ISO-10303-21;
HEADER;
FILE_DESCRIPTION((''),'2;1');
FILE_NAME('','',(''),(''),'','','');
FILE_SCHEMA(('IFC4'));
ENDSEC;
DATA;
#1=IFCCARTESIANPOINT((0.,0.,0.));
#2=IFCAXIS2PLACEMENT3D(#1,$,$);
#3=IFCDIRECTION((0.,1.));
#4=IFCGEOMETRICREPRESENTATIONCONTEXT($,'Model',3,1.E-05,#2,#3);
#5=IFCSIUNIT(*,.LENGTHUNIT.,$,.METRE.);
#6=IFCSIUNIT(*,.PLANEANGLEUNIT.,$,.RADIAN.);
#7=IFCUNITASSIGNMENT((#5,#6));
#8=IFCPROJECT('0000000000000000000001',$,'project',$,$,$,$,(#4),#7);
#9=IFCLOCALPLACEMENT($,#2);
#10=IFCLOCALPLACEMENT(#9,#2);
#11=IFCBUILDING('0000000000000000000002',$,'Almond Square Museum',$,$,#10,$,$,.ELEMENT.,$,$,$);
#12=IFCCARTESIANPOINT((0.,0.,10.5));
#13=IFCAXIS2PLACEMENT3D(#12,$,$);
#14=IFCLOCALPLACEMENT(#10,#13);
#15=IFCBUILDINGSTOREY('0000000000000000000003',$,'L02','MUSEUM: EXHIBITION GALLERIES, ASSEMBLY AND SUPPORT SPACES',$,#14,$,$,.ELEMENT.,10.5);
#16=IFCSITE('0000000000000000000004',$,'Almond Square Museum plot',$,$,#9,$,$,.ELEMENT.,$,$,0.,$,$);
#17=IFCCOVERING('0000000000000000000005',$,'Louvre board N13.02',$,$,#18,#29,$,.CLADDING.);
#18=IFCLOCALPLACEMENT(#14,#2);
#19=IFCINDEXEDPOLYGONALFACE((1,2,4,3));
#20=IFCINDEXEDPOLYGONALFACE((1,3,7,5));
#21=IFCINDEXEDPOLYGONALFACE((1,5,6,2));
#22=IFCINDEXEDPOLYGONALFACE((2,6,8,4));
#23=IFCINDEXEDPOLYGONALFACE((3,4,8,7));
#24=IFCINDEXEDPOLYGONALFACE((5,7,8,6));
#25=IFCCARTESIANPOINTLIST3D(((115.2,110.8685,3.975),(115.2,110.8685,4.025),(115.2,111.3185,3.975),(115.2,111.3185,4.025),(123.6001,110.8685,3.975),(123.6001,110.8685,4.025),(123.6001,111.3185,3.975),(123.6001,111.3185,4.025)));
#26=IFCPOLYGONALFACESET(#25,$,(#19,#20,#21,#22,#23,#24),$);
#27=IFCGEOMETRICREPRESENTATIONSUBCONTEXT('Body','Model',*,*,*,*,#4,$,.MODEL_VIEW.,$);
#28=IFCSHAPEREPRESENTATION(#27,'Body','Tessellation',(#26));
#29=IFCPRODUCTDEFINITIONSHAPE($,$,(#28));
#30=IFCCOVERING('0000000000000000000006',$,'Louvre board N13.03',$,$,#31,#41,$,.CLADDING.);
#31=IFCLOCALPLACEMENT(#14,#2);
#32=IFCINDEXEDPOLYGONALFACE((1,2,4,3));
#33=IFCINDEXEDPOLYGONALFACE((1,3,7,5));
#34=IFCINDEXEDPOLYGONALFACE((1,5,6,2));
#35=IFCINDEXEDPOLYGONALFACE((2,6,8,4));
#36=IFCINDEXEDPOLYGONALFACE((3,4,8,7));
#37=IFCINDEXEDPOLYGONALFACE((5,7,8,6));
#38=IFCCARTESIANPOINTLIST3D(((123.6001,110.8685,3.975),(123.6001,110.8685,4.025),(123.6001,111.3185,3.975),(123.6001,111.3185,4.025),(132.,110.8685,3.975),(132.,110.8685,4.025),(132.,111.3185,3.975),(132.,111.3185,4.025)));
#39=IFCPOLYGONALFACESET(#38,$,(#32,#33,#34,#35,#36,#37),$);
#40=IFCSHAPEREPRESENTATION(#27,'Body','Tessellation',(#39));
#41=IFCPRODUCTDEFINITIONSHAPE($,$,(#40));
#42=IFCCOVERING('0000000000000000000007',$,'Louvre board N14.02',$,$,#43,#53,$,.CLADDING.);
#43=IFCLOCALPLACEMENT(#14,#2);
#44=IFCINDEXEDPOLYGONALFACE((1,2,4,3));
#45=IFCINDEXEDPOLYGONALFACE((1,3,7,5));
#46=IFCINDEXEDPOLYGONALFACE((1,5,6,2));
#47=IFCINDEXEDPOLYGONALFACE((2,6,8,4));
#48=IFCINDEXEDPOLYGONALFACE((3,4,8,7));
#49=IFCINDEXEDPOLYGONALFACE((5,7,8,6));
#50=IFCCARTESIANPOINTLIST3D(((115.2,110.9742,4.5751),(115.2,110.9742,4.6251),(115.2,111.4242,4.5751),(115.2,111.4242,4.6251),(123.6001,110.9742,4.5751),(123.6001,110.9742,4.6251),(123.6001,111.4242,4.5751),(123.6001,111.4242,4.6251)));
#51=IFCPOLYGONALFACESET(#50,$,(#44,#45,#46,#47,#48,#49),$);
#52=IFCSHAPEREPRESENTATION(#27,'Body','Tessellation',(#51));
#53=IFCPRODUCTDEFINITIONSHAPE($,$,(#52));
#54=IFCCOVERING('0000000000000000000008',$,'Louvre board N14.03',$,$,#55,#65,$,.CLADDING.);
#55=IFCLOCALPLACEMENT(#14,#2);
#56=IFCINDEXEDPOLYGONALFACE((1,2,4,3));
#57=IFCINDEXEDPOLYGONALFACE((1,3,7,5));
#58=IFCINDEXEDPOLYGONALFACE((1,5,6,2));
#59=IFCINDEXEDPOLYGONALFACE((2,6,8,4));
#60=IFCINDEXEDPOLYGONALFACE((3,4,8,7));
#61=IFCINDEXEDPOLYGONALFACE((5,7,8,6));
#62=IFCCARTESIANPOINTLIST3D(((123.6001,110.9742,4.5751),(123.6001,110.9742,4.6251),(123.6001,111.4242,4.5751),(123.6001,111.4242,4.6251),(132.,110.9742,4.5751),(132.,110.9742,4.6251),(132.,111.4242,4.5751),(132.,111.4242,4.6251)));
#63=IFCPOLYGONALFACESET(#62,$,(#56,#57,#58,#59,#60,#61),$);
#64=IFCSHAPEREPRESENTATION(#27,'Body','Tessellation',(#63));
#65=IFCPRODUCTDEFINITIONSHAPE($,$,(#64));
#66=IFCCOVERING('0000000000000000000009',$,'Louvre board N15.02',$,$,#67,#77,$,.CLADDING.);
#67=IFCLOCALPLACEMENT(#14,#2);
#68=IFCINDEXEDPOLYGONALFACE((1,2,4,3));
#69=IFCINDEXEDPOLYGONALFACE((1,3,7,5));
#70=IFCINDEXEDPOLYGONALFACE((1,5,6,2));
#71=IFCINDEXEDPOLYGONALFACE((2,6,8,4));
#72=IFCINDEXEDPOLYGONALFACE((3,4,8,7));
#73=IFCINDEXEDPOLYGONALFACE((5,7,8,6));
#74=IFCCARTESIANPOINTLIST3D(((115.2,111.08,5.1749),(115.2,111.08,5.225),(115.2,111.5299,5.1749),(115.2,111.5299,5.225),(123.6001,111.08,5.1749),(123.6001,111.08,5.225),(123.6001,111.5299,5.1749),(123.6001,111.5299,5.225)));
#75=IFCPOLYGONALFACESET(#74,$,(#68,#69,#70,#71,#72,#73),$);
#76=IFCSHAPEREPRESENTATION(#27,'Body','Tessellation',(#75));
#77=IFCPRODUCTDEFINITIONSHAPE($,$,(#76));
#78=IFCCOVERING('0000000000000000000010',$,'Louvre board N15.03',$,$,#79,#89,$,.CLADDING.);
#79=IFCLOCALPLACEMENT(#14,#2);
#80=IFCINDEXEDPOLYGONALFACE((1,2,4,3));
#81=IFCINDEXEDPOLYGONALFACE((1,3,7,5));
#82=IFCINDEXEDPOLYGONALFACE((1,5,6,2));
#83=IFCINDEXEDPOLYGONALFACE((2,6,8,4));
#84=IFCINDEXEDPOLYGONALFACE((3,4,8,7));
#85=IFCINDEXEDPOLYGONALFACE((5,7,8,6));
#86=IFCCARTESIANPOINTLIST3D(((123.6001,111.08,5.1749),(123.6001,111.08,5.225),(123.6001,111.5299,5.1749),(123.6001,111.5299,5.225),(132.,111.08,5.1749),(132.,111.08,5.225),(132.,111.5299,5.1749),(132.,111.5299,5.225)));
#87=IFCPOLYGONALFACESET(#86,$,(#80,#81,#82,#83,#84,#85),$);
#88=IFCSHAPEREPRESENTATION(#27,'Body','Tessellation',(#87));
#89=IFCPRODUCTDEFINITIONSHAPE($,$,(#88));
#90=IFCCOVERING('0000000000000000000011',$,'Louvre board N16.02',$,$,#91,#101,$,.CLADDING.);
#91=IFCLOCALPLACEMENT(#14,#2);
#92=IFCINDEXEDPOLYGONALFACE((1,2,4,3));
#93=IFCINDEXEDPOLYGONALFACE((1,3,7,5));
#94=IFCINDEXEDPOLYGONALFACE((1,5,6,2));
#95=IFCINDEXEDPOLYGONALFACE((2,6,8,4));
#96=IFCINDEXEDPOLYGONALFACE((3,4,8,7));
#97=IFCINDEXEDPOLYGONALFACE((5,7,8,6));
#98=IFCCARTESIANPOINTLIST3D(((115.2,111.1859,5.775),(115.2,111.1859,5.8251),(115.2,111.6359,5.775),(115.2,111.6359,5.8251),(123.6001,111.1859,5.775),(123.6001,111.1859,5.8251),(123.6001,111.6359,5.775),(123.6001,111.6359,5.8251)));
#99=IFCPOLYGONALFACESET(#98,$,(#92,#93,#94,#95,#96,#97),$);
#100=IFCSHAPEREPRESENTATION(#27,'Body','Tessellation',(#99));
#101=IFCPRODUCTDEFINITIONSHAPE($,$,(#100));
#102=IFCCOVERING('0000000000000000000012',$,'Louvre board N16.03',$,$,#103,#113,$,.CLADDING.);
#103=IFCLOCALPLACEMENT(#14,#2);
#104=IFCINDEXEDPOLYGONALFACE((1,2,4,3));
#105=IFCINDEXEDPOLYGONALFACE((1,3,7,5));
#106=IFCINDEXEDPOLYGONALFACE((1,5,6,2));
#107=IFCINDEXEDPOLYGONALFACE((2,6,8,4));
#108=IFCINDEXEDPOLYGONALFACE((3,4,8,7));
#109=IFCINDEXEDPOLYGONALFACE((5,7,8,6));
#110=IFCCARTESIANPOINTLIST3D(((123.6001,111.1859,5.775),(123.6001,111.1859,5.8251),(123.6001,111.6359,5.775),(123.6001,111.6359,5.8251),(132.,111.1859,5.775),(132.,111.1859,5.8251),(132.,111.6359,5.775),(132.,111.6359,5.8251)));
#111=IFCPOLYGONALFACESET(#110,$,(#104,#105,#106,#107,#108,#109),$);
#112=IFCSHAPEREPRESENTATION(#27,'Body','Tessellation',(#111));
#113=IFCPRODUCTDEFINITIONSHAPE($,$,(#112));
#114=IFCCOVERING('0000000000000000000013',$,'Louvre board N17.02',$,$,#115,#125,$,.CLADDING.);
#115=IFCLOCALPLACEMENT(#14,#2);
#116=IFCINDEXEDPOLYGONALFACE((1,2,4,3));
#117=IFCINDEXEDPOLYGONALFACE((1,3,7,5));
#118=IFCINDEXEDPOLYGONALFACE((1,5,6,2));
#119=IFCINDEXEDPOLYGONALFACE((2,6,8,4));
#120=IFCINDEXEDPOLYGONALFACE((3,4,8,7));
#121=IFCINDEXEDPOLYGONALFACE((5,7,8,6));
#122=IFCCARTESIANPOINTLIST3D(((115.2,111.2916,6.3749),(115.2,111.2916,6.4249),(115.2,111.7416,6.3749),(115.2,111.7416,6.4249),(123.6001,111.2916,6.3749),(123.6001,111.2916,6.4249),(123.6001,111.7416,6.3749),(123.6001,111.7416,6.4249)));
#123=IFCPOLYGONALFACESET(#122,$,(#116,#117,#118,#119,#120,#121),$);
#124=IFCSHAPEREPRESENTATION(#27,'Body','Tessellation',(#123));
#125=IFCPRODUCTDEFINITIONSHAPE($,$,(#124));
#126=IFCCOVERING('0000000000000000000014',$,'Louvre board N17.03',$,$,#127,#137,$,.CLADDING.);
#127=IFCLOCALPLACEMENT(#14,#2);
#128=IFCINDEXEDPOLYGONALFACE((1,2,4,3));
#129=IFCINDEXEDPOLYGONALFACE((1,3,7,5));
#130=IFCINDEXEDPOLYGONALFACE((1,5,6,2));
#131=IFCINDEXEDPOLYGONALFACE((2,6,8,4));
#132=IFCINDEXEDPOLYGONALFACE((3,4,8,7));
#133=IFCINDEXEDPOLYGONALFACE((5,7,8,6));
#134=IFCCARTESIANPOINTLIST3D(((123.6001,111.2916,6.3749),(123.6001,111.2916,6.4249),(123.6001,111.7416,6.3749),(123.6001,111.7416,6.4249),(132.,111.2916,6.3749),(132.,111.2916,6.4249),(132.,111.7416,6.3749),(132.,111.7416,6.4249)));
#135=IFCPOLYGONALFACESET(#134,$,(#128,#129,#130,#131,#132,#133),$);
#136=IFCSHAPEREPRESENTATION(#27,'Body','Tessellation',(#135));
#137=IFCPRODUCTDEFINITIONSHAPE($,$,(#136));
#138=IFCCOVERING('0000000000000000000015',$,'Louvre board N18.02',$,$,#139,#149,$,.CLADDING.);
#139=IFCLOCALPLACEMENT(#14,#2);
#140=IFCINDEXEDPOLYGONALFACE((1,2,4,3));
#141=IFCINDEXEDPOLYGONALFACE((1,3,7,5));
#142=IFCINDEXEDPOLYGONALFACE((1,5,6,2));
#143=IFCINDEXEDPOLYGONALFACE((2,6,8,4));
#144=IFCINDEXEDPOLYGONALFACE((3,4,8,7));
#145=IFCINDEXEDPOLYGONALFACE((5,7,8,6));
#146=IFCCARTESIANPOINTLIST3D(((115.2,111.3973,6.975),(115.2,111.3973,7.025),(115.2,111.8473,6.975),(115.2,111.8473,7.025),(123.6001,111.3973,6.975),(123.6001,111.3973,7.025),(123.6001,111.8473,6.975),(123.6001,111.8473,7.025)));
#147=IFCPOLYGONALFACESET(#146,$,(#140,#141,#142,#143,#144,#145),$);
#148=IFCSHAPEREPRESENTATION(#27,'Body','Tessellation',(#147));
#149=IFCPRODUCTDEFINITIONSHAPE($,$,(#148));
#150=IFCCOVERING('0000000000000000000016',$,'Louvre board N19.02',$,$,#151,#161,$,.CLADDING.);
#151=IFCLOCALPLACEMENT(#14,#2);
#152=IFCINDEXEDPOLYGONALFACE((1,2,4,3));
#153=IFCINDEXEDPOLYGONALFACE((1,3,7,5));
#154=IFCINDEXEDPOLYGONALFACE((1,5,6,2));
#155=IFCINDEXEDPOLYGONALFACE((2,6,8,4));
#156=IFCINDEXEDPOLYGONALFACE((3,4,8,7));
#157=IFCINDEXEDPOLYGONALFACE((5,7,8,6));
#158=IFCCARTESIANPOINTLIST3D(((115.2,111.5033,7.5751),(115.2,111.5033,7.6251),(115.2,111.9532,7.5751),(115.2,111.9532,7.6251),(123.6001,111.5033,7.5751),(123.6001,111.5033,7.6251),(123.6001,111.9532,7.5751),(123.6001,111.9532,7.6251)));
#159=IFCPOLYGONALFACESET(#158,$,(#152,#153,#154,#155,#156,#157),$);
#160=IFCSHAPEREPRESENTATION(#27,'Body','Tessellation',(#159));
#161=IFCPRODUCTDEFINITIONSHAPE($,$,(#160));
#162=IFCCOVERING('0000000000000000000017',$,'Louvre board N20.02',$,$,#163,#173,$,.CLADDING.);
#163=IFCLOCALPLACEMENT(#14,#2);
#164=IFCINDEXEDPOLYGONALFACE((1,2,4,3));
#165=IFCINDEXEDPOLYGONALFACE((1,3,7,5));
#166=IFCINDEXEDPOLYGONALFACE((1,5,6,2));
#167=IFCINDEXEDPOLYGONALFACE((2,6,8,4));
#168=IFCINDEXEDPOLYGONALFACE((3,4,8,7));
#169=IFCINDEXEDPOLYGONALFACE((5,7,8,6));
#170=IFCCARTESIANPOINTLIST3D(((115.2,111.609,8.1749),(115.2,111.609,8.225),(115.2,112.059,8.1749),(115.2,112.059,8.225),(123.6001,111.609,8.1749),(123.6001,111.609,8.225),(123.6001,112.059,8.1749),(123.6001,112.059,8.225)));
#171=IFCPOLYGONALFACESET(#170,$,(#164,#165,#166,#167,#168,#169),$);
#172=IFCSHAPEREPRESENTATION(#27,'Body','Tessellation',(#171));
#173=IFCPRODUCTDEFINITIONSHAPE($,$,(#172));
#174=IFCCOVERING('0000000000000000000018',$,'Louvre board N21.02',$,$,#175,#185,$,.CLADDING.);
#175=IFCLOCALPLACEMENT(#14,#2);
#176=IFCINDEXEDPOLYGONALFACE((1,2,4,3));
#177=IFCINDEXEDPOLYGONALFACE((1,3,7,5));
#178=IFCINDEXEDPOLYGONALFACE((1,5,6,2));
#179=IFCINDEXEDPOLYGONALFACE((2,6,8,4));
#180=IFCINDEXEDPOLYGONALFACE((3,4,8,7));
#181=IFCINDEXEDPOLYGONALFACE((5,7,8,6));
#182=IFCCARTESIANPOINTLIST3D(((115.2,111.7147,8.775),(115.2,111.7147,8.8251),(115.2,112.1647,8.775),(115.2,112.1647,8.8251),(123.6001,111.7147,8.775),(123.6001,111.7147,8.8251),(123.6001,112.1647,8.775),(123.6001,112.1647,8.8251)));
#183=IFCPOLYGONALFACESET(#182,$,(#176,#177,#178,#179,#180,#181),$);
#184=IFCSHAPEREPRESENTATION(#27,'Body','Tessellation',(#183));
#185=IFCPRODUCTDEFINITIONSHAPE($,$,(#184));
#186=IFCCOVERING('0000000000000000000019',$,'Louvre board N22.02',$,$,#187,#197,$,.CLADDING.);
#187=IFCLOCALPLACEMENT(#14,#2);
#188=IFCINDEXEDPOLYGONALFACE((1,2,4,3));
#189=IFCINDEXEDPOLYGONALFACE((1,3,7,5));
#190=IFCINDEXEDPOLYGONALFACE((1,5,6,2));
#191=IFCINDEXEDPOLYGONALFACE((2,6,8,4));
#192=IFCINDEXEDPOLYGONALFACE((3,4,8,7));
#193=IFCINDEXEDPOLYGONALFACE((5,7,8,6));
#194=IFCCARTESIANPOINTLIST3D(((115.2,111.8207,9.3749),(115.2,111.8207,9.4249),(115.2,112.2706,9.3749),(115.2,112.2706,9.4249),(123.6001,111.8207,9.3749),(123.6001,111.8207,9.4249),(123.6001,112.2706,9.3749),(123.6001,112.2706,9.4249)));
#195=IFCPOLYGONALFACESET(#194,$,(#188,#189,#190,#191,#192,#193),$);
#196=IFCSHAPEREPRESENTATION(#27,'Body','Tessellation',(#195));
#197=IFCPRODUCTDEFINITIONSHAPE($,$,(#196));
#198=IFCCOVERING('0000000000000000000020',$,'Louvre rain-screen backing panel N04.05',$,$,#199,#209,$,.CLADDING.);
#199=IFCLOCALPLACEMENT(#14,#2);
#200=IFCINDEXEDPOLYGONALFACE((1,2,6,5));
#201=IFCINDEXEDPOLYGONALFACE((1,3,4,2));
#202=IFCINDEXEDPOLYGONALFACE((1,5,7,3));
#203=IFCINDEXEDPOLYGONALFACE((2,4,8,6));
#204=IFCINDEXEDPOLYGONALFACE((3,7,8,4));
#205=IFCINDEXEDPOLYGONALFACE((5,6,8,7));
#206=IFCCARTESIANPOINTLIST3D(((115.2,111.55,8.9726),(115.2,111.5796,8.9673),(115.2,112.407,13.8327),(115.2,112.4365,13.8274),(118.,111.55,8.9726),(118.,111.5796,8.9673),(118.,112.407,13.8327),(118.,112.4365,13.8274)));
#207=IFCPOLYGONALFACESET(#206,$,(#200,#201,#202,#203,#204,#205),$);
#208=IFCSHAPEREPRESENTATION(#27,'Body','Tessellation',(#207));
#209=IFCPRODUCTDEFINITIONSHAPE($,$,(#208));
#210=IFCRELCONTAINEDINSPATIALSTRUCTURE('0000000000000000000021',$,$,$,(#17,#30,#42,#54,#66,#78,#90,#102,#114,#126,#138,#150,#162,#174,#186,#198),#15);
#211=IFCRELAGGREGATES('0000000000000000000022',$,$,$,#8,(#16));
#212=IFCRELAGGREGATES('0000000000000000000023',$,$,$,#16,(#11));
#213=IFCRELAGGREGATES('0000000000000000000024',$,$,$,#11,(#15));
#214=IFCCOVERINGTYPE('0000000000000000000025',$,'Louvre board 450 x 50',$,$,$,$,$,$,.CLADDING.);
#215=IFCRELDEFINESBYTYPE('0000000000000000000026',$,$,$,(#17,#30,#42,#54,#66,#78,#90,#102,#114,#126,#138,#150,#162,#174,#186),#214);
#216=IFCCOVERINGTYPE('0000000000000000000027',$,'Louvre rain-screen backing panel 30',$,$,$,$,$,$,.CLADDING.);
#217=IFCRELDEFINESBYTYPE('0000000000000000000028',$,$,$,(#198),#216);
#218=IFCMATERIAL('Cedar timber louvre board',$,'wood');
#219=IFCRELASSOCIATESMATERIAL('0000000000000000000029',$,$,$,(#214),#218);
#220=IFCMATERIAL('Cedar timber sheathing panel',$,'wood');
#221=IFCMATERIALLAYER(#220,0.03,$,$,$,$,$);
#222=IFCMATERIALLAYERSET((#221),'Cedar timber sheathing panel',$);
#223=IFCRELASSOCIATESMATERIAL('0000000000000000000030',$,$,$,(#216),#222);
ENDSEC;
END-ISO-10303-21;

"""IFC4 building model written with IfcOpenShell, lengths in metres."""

from ifc_helpers import new_model, si_unit, direction, frame, origin, origin_2d, place, context, subcontext, project, spatial, polyline, rectangle, outline, extrude, material, layer, layer_set, material_profile, profile_set, type_object, element, save


model = new_model("IFC4")

# Units and contexts
model_context = context("Model", 3, precision=1e-05, world=origin(), true_north=direction((0.0, 1.0)))
body_context = subcontext(model_context, "Body", "Model", "MODEL_VIEW")
ifc_project = project(units=[si_unit("LENGTHUNIT", "METRE"), si_unit("PLANEANGLEUNIT", "RADIAN")], contexts=[model_context])

# Site, building, storey
site_placement = place(None, origin())
site = spatial("IfcSite", under=ifc_project, at=site_placement, Name="Almond Square Museum plot", CompositionType="ELEMENT", RefElevation=0.0)
building_placement = place(site_placement, origin())
building = spatial("IfcBuilding", under=site, at=building_placement, Name="Almond Square Museum", CompositionType="ELEMENT")
storey_placement = place(building_placement, frame((0.0, 0.0, 10.5)))
storey = spatial("IfcBuildingStorey", under=building, at=storey_placement, Name="L02", Description="MUSEUM: EXHIBITION GALLERIES, ASSEMBLY AND SUPPORT SPACES", CompositionType="ELEMENT", Elevation=10.5)

# Coverings
ifc_material_1 = material(Name="Cedar timber louvre board", Category="wood")
ifc_material_profile = material_profile(ifc_material_1, rectangle(XDim=0.45, YDim=0.05, at=origin_2d()))
ifc_profile_set = profile_set([ifc_material_profile], Name="Cedar timber louvre board")
covering_type_1 = type_object("IfcCoveringType", Name="Louvre board 450 x 50", PredefinedType="CLADDING", material=ifc_profile_set)
covering_1_placement = place(storey_placement, frame((115.2, 111.0935, 4.0), z_axis=(1.0, 0.0, 0.0), x_axis=(0.0, 1.0, 0.0)))
element("IfcCovering", 1, at=covering_1_placement, inside=storey, type_object=covering_type_1, Name="Louvre board N13.02", PredefinedType="CLADDING", context=body_context, shape_type="SweptSolid", body=[
    extrude(rectangle(XDim=0.45, YDim=0.05, at=origin_2d()), origin(), (0.0, 0.0, 1.0), 8.4001),
])
covering_2_placement = place(storey_placement, frame((123.6001, 111.0935, 4.0), z_axis=(1.0, 0.0, 0.0), x_axis=(0.0, 1.0, 0.0)))
element("IfcCovering", 2, at=covering_2_placement, inside=storey, type_object=covering_type_1, Name="Louvre board N13.03", PredefinedType="CLADDING", context=body_context, shape_type="SweptSolid", body=[
    extrude(rectangle(XDim=0.45, YDim=0.05, at=origin_2d()), origin(), (0.0, 0.0, 1.0), 8.3999),
])
covering_3_placement = place(storey_placement, frame((115.2, 111.1992, 4.6001), z_axis=(1.0, 0.0, 0.0), x_axis=(0.0, 1.0, 0.0)))
element("IfcCovering", 3, at=covering_3_placement, inside=storey, type_object=covering_type_1, Name="Louvre board N14.02", PredefinedType="CLADDING", context=body_context, shape_type="SweptSolid", body=[
    extrude(rectangle(XDim=0.45, YDim=0.05, at=origin_2d()), origin(), (0.0, 0.0, 1.0), 8.4001),
])
covering_4_placement = place(storey_placement, frame((123.6001, 111.1992, 4.6001), z_axis=(1.0, 0.0, 0.0), x_axis=(0.0, 1.0, 0.0)))
element("IfcCovering", 4, at=covering_4_placement, inside=storey, type_object=covering_type_1, Name="Louvre board N14.03", PredefinedType="CLADDING", context=body_context, shape_type="SweptSolid", body=[
    extrude(rectangle(XDim=0.45, YDim=0.05, at=origin_2d()), origin(), (0.0, 0.0, 1.0), 8.3999),
])
covering_5_placement = place(storey_placement, frame((115.2, 111.3049, 5.2), z_axis=(1.0, 0.0, 0.0), x_axis=(0.0, 1.0, 0.0)))
element("IfcCovering", 5, at=covering_5_placement, inside=storey, type_object=covering_type_1, Name="Louvre board N15.02", PredefinedType="CLADDING", context=body_context, shape_type="SweptSolid", body=[
    extrude(rectangle(XDim=0.45, YDim=0.05, at=origin_2d()), origin(), (0.0, 0.0, 1.0), 8.4001),
])
covering_6_placement = place(storey_placement, frame((123.6001, 111.3049, 5.2), z_axis=(1.0, 0.0, 0.0), x_axis=(0.0, 1.0, 0.0)))
element("IfcCovering", 6, at=covering_6_placement, inside=storey, type_object=covering_type_1, Name="Louvre board N15.03", PredefinedType="CLADDING", context=body_context, shape_type="SweptSolid", body=[
    extrude(rectangle(XDim=0.45, YDim=0.05, at=origin_2d()), origin(), (0.0, 0.0, 1.0), 8.3999),
])
covering_7_placement = place(storey_placement, frame((115.2, 111.4109, 5.8), z_axis=(1.0, 0.0, 0.0), x_axis=(0.0, 1.0, 0.0)))
element("IfcCovering", 7, at=covering_7_placement, inside=storey, type_object=covering_type_1, Name="Louvre board N16.02", PredefinedType="CLADDING", context=body_context, shape_type="SweptSolid", body=[
    extrude(rectangle(XDim=0.45, YDim=0.05, at=origin_2d()), origin(), (0.0, 0.0, 1.0), 8.4001),
])
covering_8_placement = place(storey_placement, frame((123.6001, 111.4109, 5.8), z_axis=(1.0, 0.0, 0.0), x_axis=(0.0, 1.0, 0.0)))
element("IfcCovering", 8, at=covering_8_placement, inside=storey, type_object=covering_type_1, Name="Louvre board N16.03", PredefinedType="CLADDING", context=body_context, shape_type="SweptSolid", body=[
    extrude(rectangle(XDim=0.45, YDim=0.05, at=origin_2d()), origin(), (0.0, 0.0, 1.0), 8.3999),
])
covering_9_placement = place(storey_placement, frame((115.2, 111.5166, 6.3999), z_axis=(1.0, 0.0, 0.0), x_axis=(0.0, 1.0, 0.0)))
element("IfcCovering", 9, at=covering_9_placement, inside=storey, type_object=covering_type_1, Name="Louvre board N17.02", PredefinedType="CLADDING", context=body_context, shape_type="SweptSolid", body=[
    extrude(rectangle(XDim=0.45, YDim=0.05, at=origin_2d()), origin(), (0.0, 0.0, 1.0), 8.4001),
])
covering_10_placement = place(storey_placement, frame((123.6001, 111.5166, 6.3999), z_axis=(1.0, 0.0, 0.0), x_axis=(0.0, 1.0, 0.0)))
element("IfcCovering", 10, at=covering_10_placement, inside=storey, type_object=covering_type_1, Name="Louvre board N17.03", PredefinedType="CLADDING", context=body_context, shape_type="SweptSolid", body=[
    extrude(rectangle(XDim=0.45, YDim=0.05, at=origin_2d()), origin(), (0.0, 0.0, 1.0), 8.3999),
])
for number, where, z_axis, x_axis, name in (
    (11, (115.2, 111.6223, 7.0), (1.0, 0.0, 0.0), (0.0, 1.0, 0.0), "Louvre board N18.02"),
    (12, (115.2, 111.7283, 7.6001), (1.0, 0.0, 0.0), (0.0, 1.0, 0.0), "Louvre board N19.02"),
    (13, (115.2, 111.834, 8.2), (1.0, 0.0, 0.0), (0.0, 1.0, 0.0), "Louvre board N20.02"),
    (14, (115.2, 111.9397, 8.8), (1.0, 0.0, 0.0), (0.0, 1.0, 0.0), "Louvre board N21.02"),
    (15, (115.2, 112.0457, 9.3999), (1.0, 0.0, 0.0), (0.0, 1.0, 0.0), "Louvre board N22.02"),
):
    element("IfcCovering", number, at=place(storey_placement, frame(where, z_axis=z_axis, x_axis=x_axis)), inside=storey, type_object=covering_type_1, Name=name, PredefinedType="CLADDING", context=body_context, shape_type="SweptSolid", body=[
        extrude(rectangle(XDim=0.45, YDim=0.05, at=origin_2d()), origin(), (0.0, 0.0, 1.0), 8.4001),
    ])
ifc_material_2 = material(Name="Cedar timber sheathing panel", Category="wood")
ifc_layer_1 = layer(ifc_material_2, 0.03)
ifc_layer_set_1 = layer_set([ifc_layer_1], Name="Cedar timber sheathing panel")
covering_type_2 = type_object("IfcCoveringType", Name="Louvre rain-screen backing panel 30", PredefinedType="CLADDING", material=ifc_layer_set_1)
for number, where, z_axis, x_axis, name in (
    (16, (115.2, 111.5647, 8.97), (0.0, -0.984809, 0.173641), (1.0, 0.0, 0.0), "Louvre rain-screen backing panel N04.05"),
):
    element("IfcCovering", number, at=place(storey_placement, frame(where, z_axis=z_axis, x_axis=x_axis)), inside=storey, type_object=covering_type_2, Name=name, PredefinedType="CLADDING", context=body_context, shape_type="SweptSolid", body=[
        extrude(outline(polyline([(0.0, 0.0), (2.8, 0.0), (2.8, 4.9351), (0.0, 4.9351), (0.0, 0.0)])), frame((0.0, 0.0, -0.0151)), (0.0, 0.0, 1.0), 0.03),
    ])

save(model, "model.ifc")
